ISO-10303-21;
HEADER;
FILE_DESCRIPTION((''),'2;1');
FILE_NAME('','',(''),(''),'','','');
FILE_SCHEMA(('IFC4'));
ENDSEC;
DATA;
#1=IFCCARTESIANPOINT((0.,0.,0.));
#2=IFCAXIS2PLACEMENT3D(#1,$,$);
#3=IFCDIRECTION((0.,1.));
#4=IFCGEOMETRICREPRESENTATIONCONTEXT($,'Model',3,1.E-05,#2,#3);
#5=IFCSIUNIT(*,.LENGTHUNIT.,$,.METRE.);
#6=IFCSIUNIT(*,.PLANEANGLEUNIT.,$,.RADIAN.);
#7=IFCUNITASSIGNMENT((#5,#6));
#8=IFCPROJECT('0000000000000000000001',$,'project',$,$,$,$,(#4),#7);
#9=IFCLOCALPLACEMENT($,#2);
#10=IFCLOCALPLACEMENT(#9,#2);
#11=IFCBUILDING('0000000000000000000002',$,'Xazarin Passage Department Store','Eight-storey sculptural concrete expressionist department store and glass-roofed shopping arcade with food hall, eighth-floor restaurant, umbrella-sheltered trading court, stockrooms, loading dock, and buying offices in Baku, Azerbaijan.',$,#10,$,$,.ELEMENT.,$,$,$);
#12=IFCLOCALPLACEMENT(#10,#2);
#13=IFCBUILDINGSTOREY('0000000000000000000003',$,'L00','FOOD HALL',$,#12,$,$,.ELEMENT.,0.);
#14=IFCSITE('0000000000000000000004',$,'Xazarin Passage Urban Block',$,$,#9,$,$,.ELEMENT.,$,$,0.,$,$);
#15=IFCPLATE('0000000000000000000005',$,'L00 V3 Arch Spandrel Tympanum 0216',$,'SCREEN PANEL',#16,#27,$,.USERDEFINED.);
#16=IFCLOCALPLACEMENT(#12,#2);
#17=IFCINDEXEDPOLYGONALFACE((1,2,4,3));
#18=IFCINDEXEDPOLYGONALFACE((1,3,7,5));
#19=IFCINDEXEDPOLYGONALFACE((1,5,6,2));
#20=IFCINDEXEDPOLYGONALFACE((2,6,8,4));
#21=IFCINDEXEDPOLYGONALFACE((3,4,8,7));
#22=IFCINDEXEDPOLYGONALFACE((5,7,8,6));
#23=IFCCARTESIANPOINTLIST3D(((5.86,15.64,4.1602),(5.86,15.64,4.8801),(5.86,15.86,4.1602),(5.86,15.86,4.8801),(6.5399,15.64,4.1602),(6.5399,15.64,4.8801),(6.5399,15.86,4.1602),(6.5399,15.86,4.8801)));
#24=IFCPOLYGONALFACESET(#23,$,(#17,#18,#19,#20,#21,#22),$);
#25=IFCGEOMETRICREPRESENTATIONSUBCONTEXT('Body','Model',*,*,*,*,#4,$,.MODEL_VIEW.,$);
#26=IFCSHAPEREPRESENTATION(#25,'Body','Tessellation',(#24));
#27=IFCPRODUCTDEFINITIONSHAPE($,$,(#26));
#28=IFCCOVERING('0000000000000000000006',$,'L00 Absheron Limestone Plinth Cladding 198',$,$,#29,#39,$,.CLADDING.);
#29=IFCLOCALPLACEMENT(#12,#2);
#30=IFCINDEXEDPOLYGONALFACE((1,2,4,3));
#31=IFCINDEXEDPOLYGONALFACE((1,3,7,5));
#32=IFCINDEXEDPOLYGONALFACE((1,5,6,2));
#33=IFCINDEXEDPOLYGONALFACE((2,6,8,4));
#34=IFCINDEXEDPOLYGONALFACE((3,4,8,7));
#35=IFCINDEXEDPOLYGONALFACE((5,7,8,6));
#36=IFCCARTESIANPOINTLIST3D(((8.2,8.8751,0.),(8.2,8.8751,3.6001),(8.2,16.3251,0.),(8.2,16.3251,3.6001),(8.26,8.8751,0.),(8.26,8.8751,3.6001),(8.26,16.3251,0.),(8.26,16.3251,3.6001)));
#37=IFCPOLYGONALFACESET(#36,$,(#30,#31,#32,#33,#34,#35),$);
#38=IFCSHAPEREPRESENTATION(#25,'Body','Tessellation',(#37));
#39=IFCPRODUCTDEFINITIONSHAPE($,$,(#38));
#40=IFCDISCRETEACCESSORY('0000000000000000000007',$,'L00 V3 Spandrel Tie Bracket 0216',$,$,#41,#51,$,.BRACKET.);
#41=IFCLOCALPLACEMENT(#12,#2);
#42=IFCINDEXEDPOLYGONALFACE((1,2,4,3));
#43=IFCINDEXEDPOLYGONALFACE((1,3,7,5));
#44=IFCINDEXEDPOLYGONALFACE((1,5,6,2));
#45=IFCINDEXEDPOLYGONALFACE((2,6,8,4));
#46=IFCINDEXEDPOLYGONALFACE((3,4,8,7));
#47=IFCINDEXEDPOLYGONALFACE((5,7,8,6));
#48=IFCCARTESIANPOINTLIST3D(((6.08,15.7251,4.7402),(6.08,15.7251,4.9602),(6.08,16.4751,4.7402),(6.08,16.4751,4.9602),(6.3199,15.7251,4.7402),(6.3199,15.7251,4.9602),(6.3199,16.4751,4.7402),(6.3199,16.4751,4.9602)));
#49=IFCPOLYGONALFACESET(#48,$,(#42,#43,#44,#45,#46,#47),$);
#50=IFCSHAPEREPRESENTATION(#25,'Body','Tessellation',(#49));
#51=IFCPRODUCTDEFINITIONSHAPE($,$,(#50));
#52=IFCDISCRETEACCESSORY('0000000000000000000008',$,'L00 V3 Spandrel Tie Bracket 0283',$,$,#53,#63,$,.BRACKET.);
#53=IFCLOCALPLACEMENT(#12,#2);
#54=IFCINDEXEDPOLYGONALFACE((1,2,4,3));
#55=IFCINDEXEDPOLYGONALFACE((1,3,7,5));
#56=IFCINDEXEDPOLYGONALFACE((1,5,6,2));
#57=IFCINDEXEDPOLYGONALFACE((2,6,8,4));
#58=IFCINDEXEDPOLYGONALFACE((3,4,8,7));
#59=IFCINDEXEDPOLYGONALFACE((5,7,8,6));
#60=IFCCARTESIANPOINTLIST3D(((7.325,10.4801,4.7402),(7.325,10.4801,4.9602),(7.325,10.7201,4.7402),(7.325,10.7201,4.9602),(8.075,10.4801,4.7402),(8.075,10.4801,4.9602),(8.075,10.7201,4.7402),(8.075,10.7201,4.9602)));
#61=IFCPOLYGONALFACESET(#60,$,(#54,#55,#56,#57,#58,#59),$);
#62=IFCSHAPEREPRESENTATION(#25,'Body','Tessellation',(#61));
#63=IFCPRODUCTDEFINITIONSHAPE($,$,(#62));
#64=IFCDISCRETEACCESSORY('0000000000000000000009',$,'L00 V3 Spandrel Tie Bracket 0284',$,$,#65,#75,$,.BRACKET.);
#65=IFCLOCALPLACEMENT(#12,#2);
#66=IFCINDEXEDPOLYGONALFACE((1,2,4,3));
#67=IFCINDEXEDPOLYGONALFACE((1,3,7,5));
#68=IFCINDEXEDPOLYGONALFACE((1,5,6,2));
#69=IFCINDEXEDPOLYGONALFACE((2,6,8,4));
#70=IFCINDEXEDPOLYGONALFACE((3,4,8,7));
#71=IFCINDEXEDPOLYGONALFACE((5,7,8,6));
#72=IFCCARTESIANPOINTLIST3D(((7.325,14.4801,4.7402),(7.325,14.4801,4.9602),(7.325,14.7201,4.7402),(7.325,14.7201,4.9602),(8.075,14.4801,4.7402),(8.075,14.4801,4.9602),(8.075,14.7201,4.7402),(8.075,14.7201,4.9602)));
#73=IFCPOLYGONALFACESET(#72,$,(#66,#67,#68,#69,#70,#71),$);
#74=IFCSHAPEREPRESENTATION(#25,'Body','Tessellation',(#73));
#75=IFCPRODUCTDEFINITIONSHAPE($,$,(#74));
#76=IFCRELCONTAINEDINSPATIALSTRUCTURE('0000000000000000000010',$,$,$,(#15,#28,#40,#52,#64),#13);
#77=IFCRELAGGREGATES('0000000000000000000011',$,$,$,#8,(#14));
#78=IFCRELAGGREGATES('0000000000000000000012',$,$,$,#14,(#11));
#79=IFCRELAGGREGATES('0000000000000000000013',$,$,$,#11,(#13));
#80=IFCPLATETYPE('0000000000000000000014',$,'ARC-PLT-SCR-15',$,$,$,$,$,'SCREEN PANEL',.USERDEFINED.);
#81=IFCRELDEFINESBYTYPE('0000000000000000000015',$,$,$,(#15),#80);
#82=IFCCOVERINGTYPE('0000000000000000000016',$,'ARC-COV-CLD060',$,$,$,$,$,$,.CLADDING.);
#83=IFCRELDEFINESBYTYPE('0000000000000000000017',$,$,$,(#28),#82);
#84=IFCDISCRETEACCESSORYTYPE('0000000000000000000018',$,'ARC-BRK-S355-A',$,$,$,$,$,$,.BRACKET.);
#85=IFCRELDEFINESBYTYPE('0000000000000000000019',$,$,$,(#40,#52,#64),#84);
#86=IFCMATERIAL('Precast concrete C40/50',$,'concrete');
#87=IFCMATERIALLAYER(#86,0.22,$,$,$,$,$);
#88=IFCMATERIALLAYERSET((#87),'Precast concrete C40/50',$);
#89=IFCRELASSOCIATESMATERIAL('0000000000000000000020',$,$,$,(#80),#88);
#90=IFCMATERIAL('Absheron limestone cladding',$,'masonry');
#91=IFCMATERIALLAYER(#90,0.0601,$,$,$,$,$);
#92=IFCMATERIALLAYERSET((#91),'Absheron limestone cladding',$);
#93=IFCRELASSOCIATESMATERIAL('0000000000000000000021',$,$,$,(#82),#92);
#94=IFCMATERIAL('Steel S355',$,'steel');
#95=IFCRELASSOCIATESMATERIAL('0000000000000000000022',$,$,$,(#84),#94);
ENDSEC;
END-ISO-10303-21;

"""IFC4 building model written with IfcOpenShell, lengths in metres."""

from ifc_helpers import new_model, si_unit, direction, frame, origin, origin_2d, place, context, subcontext, project, spatial, rectangle, extrude, material, layer, layer_set, type_object, element, save


model = new_model("IFC4")

# Units and contexts
model_context = context("Model", 3, precision=1e-05, world=origin(), true_north=direction((0.0, 1.0)))
body_context = subcontext(model_context, "Body", "Model", "MODEL_VIEW")
ifc_project = project(units=[si_unit("LENGTHUNIT", "METRE"), si_unit("PLANEANGLEUNIT", "RADIAN")], contexts=[model_context])

# Site, building, storey
site_placement = place(None, origin())
site = spatial("IfcSite", under=ifc_project, at=site_placement, Name="Xazarin Passage Urban Block", CompositionType="ELEMENT", RefElevation=0.0)
building_placement = place(site_placement, origin())
building = spatial("IfcBuilding", under=site, at=building_placement, Name="Xazarin Passage Department Store", Description="Eight-storey sculptural concrete expressionist department store and glass-roofed shopping arcade with food hall, eighth-floor restaurant, umbrella-sheltered trading court, stockrooms, loading dock, and buying offices in Baku, Azerbaijan.", CompositionType="ELEMENT")
storey_placement = place(building_placement, origin())
storey = spatial("IfcBuildingStorey", under=building, at=storey_placement, Name="L00", Description="FOOD HALL", CompositionType="ELEMENT", Elevation=0.0)

# Plate
ifc_material_1 = material(Name="Precast concrete C40/50", Category="concrete")
ifc_layer_1 = layer(ifc_material_1, 0.22)
ifc_layer_set_1 = layer_set([ifc_layer_1], Name="Precast concrete C40/50")
plate_type_1 = type_object("IfcPlateType", Name="ARC-PLT-SCR-15", ElementType="SCREEN PANEL", PredefinedType="USERDEFINED", material=ifc_layer_set_1)
plate_1_placement = place(storey_placement, frame((6.2, 15.75, 4.1602), z_axis=(0.0, 0.0, 1.0), x_axis=(1.0, 0.0, 0.0)))
element("IfcPlate", 1, at=plate_1_placement, inside=storey, type_object=plate_type_1, Name="L00 V3 Arch Spandrel Tympanum 0216", ObjectType="SCREEN PANEL", PredefinedType="USERDEFINED", context=body_context, shape_type="SweptSolid", body=[
    extrude(rectangle(XDim=0.6799, YDim=0.22, at=origin_2d()), origin(), (0.0, 0.0, 1.0), 0.72),
])

# Covering
ifc_material_2 = material(Name="Absheron limestone cladding", Category="masonry")
ifc_layer_2 = layer(ifc_material_2, 0.0601)
ifc_layer_set_2 = layer_set([ifc_layer_2], Name="Absheron limestone cladding")
covering_type = type_object("IfcCoveringType", Name="ARC-COV-CLD060", PredefinedType="CLADDING", material=ifc_layer_set_2)
covering_placement = place(storey_placement, frame((8.23, 12.6001, 0.0), z_axis=(0.0, 0.0, 1.0), x_axis=(0.0, 1.0, 0.0)))
element("IfcCovering", 2, at=covering_placement, inside=storey, type_object=covering_type, Name="L00 Absheron Limestone Plinth Cladding 198", PredefinedType="CLADDING", context=body_context, shape_type="SweptSolid", body=[
    extrude(rectangle(XDim=7.45, YDim=0.0601, at=origin_2d()), origin(), (0.0, 0.0, 1.0), 3.6001),
])

# Discrete accessories
ifc_material_3 = material(Name="Steel S355", Category="steel")
discrete_accessory_type = type_object("IfcDiscreteAccessoryType", Name="ARC-BRK-S355-A", PredefinedType="BRACKET", material=ifc_material_3)
for number, where, z_axis, x_axis, name in (
    (3, (6.2, 16.1001, 4.7402), (0.0, 0.0, 1.0), (1.0, 0.0, 0.0), "L00 V3 Spandrel Tie Bracket 0216"),
    (4, (7.7, 10.6001, 4.7402), (0.0, 0.0, 1.0), (0.0, 1.0, 0.0), "L00 V3 Spandrel Tie Bracket 0283"),
    (5, (7.7, 14.6001, 4.7402), (0.0, 0.0, 1.0), (0.0, 1.0, 0.0), "L00 V3 Spandrel Tie Bracket 0284"),
):
    element("IfcDiscreteAccessory", number, at=place(storey_placement, frame(where, z_axis=z_axis, x_axis=x_axis)), inside=storey, type_object=discrete_accessory_type, Name=name, PredefinedType="BRACKET", context=body_context, shape_type="SweptSolid", body=[
        extrude(rectangle(XDim=0.24, YDim=0.75, at=origin_2d()), origin(), (0.0, 0.0, 1.0), 0.22),
    ])

save(model, "model.ifc")
